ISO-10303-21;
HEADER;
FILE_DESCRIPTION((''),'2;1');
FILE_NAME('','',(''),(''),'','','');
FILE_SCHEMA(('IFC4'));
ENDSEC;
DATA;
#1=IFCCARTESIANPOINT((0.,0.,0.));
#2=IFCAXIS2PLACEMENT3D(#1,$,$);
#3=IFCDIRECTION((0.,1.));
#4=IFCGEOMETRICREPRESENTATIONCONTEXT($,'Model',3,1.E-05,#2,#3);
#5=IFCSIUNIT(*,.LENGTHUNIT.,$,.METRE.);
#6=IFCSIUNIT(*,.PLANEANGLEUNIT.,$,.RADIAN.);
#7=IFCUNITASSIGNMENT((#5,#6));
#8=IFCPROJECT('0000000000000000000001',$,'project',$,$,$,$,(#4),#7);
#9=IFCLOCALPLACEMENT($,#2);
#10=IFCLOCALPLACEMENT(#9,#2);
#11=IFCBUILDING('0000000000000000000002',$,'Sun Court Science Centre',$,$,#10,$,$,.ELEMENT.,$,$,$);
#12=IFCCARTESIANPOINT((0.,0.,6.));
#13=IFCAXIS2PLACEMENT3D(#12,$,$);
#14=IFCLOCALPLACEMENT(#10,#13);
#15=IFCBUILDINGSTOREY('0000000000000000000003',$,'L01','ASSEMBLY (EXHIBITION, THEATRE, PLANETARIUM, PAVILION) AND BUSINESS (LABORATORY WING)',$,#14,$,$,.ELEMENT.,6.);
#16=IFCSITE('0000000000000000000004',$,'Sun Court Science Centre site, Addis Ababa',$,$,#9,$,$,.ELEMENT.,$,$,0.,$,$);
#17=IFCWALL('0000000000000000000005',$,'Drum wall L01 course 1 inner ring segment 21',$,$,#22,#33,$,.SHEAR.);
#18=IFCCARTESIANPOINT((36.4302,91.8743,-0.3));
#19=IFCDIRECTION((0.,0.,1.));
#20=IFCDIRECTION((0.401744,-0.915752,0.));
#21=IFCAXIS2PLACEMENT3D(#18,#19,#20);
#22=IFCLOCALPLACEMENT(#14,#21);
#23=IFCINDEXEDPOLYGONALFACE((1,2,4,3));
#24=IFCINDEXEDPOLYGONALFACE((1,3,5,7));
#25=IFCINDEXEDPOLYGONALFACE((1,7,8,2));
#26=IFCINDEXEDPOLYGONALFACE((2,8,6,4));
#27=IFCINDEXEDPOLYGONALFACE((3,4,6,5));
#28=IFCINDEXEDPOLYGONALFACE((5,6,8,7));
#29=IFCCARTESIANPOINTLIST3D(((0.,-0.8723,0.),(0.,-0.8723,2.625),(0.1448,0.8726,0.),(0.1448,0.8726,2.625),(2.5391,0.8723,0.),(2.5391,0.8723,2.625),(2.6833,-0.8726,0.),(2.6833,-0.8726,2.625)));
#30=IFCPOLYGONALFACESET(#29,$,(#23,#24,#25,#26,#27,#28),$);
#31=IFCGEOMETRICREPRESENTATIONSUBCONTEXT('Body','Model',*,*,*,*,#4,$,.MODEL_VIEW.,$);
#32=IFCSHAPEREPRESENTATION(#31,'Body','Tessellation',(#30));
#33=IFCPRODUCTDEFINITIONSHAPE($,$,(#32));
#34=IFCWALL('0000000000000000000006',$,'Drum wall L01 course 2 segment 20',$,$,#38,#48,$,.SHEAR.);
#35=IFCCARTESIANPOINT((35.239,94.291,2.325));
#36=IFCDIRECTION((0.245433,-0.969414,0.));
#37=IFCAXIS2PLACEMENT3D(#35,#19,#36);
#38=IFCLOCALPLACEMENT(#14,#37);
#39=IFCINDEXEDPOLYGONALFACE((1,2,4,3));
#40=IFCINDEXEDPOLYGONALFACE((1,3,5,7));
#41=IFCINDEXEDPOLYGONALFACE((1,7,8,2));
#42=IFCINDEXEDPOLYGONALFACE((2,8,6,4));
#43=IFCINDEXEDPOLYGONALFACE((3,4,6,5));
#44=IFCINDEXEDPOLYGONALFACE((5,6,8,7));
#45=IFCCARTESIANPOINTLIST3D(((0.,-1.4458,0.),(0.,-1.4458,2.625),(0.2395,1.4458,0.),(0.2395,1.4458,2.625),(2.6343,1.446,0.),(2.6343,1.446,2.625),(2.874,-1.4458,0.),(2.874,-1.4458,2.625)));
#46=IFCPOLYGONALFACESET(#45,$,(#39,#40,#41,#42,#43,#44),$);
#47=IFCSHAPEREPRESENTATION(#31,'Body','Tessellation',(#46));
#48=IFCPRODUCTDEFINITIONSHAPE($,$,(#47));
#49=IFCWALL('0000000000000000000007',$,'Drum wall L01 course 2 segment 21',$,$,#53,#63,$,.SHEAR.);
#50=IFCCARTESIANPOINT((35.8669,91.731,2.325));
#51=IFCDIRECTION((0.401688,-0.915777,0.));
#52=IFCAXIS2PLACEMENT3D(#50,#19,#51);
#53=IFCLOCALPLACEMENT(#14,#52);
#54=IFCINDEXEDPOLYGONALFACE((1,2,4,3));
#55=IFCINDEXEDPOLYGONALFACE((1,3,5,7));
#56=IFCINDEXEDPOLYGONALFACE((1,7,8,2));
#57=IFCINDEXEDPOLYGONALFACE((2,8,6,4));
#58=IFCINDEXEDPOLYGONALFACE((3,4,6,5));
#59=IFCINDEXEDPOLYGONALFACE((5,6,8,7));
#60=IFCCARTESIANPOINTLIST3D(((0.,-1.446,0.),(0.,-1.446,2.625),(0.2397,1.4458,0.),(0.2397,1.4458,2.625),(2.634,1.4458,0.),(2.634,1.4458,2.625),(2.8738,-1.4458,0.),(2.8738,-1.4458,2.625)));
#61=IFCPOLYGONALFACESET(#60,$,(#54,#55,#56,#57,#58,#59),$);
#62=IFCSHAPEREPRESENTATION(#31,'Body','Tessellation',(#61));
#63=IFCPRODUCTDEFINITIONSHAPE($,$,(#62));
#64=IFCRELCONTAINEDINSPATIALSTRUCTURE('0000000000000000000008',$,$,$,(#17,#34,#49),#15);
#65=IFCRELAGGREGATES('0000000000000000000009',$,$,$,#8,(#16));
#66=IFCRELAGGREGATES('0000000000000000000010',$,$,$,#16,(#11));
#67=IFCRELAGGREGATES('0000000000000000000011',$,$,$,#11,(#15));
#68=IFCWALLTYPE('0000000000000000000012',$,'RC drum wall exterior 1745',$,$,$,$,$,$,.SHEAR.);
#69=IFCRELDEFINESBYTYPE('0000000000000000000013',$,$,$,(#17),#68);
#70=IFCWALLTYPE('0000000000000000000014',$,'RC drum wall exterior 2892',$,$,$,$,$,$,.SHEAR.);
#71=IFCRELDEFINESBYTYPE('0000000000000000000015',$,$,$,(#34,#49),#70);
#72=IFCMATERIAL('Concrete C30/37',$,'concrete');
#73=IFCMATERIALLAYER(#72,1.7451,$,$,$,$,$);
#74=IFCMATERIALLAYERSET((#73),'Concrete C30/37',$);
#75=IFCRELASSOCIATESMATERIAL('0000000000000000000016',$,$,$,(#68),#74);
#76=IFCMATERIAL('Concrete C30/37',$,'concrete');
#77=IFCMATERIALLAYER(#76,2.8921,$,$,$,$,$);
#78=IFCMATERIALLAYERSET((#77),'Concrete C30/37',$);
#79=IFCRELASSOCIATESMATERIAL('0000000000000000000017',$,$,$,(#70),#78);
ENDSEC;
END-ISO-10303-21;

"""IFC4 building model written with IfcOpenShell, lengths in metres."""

from ifc_helpers import new_model, si_unit, direction, frame, origin, place, context, subcontext, project, spatial, polyline, outline, extrude, material, layer, layer_set, type_object, element, save


model = new_model("IFC4")

# Units and contexts
model_context = context("Model", 3, precision=1e-05, world=origin(), true_north=direction((0.0, 1.0)))
body_context = subcontext(model_context, "Body", "Model", "MODEL_VIEW")
ifc_project = project(units=[si_unit("LENGTHUNIT", "METRE"), si_unit("PLANEANGLEUNIT", "RADIAN")], contexts=[model_context])

# Site, building, storey
site_placement = place(None, origin())
site = spatial("IfcSite", under=ifc_project, at=site_placement, Name="Sun Court Science Centre site, Addis Ababa", CompositionType="ELEMENT", RefElevation=0.0)
building_placement = place(site_placement, origin())
building = spatial("IfcBuilding", under=site, at=building_placement, Name="Sun Court Science Centre", CompositionType="ELEMENT")
storey_placement = place(building_placement, frame((0.0, 0.0, 6.0)))
storey = spatial("IfcBuildingStorey", under=building, at=storey_placement, Name="L01", Description="ASSEMBLY (EXHIBITION, THEATRE, PLANETARIUM, PAVILION) AND BUSINESS (LABORATORY WING)", CompositionType="ELEMENT", Elevation=6.0)

# Walls
ifc_material_1 = material(Name="Concrete C30/37", Category="concrete")
ifc_layer_1 = layer(ifc_material_1, 1.7451)
ifc_layer_set_1 = layer_set([ifc_layer_1], Name="Concrete C30/37")
wall_type_1 = type_object("IfcWallType", Name="RC drum wall exterior 1745", PredefinedType="SHEAR", material=ifc_layer_set_1)
wall_1_placement = place(storey_placement, frame((36.4302, 91.8743, -0.3), z_axis=(0.0, 0.0, 1.0), x_axis=(0.401744, -0.915752, 0.0)))
element("IfcWall", 1, at=wall_1_placement, inside=storey, type_object=wall_type_1, Name="Drum wall L01 course 1 inner ring segment 21", PredefinedType="SHEAR", context=body_context, shape_type="SweptSolid", body=[
    extrude(outline(polyline([(0.0, -0.8723), (2.6833, -0.8726), (2.5391, 0.8723), (0.1448, 0.8726), (0.0, -0.8723)])), origin(), (0.0, 0.0, 1.0), 2.625),
])
ifc_material_2 = material(Name="Concrete C30/37", Category="concrete")
ifc_layer_2 = layer(ifc_material_2, 2.8921)
ifc_layer_set_2 = layer_set([ifc_layer_2], Name="Concrete C30/37")
wall_type_2 = type_object("IfcWallType", Name="RC drum wall exterior 2892", PredefinedType="SHEAR", material=ifc_layer_set_2)
wall_2_placement = place(storey_placement, frame((35.239, 94.291, 2.325), z_axis=(0.0, 0.0, 1.0), x_axis=(0.245433, -0.969414, 0.0)))
element("IfcWall", 2, at=wall_2_placement, inside=storey, type_object=wall_type_2, Name="Drum wall L01 course 2 segment 20", PredefinedType="SHEAR", context=body_context, shape_type="SweptSolid", body=[
    extrude(outline(polyline([(0.0, -1.4458), (2.874, -1.4458), (2.6343, 1.446), (0.2395, 1.4458), (0.0, -1.4458)])), origin(), (0.0, 0.0, 1.0), 2.625),
])
wall_3_placement = place(storey_placement, frame((35.8669, 91.731, 2.325), z_axis=(0.0, 0.0, 1.0), x_axis=(0.401688, -0.915777, 0.0)))
element("IfcWall", 3, at=wall_3_placement, inside=storey, type_object=wall_type_2, Name="Drum wall L01 course 2 segment 21", PredefinedType="SHEAR", context=body_context, shape_type="SweptSolid", body=[
    extrude(outline(polyline([(0.0, -1.446), (2.8738, -1.4458), (2.634, 1.4458), (0.2397, 1.4458), (0.0, -1.446)])), origin(), (0.0, 0.0, 1.0), 2.625),
])

save(model, "model.ifc")
